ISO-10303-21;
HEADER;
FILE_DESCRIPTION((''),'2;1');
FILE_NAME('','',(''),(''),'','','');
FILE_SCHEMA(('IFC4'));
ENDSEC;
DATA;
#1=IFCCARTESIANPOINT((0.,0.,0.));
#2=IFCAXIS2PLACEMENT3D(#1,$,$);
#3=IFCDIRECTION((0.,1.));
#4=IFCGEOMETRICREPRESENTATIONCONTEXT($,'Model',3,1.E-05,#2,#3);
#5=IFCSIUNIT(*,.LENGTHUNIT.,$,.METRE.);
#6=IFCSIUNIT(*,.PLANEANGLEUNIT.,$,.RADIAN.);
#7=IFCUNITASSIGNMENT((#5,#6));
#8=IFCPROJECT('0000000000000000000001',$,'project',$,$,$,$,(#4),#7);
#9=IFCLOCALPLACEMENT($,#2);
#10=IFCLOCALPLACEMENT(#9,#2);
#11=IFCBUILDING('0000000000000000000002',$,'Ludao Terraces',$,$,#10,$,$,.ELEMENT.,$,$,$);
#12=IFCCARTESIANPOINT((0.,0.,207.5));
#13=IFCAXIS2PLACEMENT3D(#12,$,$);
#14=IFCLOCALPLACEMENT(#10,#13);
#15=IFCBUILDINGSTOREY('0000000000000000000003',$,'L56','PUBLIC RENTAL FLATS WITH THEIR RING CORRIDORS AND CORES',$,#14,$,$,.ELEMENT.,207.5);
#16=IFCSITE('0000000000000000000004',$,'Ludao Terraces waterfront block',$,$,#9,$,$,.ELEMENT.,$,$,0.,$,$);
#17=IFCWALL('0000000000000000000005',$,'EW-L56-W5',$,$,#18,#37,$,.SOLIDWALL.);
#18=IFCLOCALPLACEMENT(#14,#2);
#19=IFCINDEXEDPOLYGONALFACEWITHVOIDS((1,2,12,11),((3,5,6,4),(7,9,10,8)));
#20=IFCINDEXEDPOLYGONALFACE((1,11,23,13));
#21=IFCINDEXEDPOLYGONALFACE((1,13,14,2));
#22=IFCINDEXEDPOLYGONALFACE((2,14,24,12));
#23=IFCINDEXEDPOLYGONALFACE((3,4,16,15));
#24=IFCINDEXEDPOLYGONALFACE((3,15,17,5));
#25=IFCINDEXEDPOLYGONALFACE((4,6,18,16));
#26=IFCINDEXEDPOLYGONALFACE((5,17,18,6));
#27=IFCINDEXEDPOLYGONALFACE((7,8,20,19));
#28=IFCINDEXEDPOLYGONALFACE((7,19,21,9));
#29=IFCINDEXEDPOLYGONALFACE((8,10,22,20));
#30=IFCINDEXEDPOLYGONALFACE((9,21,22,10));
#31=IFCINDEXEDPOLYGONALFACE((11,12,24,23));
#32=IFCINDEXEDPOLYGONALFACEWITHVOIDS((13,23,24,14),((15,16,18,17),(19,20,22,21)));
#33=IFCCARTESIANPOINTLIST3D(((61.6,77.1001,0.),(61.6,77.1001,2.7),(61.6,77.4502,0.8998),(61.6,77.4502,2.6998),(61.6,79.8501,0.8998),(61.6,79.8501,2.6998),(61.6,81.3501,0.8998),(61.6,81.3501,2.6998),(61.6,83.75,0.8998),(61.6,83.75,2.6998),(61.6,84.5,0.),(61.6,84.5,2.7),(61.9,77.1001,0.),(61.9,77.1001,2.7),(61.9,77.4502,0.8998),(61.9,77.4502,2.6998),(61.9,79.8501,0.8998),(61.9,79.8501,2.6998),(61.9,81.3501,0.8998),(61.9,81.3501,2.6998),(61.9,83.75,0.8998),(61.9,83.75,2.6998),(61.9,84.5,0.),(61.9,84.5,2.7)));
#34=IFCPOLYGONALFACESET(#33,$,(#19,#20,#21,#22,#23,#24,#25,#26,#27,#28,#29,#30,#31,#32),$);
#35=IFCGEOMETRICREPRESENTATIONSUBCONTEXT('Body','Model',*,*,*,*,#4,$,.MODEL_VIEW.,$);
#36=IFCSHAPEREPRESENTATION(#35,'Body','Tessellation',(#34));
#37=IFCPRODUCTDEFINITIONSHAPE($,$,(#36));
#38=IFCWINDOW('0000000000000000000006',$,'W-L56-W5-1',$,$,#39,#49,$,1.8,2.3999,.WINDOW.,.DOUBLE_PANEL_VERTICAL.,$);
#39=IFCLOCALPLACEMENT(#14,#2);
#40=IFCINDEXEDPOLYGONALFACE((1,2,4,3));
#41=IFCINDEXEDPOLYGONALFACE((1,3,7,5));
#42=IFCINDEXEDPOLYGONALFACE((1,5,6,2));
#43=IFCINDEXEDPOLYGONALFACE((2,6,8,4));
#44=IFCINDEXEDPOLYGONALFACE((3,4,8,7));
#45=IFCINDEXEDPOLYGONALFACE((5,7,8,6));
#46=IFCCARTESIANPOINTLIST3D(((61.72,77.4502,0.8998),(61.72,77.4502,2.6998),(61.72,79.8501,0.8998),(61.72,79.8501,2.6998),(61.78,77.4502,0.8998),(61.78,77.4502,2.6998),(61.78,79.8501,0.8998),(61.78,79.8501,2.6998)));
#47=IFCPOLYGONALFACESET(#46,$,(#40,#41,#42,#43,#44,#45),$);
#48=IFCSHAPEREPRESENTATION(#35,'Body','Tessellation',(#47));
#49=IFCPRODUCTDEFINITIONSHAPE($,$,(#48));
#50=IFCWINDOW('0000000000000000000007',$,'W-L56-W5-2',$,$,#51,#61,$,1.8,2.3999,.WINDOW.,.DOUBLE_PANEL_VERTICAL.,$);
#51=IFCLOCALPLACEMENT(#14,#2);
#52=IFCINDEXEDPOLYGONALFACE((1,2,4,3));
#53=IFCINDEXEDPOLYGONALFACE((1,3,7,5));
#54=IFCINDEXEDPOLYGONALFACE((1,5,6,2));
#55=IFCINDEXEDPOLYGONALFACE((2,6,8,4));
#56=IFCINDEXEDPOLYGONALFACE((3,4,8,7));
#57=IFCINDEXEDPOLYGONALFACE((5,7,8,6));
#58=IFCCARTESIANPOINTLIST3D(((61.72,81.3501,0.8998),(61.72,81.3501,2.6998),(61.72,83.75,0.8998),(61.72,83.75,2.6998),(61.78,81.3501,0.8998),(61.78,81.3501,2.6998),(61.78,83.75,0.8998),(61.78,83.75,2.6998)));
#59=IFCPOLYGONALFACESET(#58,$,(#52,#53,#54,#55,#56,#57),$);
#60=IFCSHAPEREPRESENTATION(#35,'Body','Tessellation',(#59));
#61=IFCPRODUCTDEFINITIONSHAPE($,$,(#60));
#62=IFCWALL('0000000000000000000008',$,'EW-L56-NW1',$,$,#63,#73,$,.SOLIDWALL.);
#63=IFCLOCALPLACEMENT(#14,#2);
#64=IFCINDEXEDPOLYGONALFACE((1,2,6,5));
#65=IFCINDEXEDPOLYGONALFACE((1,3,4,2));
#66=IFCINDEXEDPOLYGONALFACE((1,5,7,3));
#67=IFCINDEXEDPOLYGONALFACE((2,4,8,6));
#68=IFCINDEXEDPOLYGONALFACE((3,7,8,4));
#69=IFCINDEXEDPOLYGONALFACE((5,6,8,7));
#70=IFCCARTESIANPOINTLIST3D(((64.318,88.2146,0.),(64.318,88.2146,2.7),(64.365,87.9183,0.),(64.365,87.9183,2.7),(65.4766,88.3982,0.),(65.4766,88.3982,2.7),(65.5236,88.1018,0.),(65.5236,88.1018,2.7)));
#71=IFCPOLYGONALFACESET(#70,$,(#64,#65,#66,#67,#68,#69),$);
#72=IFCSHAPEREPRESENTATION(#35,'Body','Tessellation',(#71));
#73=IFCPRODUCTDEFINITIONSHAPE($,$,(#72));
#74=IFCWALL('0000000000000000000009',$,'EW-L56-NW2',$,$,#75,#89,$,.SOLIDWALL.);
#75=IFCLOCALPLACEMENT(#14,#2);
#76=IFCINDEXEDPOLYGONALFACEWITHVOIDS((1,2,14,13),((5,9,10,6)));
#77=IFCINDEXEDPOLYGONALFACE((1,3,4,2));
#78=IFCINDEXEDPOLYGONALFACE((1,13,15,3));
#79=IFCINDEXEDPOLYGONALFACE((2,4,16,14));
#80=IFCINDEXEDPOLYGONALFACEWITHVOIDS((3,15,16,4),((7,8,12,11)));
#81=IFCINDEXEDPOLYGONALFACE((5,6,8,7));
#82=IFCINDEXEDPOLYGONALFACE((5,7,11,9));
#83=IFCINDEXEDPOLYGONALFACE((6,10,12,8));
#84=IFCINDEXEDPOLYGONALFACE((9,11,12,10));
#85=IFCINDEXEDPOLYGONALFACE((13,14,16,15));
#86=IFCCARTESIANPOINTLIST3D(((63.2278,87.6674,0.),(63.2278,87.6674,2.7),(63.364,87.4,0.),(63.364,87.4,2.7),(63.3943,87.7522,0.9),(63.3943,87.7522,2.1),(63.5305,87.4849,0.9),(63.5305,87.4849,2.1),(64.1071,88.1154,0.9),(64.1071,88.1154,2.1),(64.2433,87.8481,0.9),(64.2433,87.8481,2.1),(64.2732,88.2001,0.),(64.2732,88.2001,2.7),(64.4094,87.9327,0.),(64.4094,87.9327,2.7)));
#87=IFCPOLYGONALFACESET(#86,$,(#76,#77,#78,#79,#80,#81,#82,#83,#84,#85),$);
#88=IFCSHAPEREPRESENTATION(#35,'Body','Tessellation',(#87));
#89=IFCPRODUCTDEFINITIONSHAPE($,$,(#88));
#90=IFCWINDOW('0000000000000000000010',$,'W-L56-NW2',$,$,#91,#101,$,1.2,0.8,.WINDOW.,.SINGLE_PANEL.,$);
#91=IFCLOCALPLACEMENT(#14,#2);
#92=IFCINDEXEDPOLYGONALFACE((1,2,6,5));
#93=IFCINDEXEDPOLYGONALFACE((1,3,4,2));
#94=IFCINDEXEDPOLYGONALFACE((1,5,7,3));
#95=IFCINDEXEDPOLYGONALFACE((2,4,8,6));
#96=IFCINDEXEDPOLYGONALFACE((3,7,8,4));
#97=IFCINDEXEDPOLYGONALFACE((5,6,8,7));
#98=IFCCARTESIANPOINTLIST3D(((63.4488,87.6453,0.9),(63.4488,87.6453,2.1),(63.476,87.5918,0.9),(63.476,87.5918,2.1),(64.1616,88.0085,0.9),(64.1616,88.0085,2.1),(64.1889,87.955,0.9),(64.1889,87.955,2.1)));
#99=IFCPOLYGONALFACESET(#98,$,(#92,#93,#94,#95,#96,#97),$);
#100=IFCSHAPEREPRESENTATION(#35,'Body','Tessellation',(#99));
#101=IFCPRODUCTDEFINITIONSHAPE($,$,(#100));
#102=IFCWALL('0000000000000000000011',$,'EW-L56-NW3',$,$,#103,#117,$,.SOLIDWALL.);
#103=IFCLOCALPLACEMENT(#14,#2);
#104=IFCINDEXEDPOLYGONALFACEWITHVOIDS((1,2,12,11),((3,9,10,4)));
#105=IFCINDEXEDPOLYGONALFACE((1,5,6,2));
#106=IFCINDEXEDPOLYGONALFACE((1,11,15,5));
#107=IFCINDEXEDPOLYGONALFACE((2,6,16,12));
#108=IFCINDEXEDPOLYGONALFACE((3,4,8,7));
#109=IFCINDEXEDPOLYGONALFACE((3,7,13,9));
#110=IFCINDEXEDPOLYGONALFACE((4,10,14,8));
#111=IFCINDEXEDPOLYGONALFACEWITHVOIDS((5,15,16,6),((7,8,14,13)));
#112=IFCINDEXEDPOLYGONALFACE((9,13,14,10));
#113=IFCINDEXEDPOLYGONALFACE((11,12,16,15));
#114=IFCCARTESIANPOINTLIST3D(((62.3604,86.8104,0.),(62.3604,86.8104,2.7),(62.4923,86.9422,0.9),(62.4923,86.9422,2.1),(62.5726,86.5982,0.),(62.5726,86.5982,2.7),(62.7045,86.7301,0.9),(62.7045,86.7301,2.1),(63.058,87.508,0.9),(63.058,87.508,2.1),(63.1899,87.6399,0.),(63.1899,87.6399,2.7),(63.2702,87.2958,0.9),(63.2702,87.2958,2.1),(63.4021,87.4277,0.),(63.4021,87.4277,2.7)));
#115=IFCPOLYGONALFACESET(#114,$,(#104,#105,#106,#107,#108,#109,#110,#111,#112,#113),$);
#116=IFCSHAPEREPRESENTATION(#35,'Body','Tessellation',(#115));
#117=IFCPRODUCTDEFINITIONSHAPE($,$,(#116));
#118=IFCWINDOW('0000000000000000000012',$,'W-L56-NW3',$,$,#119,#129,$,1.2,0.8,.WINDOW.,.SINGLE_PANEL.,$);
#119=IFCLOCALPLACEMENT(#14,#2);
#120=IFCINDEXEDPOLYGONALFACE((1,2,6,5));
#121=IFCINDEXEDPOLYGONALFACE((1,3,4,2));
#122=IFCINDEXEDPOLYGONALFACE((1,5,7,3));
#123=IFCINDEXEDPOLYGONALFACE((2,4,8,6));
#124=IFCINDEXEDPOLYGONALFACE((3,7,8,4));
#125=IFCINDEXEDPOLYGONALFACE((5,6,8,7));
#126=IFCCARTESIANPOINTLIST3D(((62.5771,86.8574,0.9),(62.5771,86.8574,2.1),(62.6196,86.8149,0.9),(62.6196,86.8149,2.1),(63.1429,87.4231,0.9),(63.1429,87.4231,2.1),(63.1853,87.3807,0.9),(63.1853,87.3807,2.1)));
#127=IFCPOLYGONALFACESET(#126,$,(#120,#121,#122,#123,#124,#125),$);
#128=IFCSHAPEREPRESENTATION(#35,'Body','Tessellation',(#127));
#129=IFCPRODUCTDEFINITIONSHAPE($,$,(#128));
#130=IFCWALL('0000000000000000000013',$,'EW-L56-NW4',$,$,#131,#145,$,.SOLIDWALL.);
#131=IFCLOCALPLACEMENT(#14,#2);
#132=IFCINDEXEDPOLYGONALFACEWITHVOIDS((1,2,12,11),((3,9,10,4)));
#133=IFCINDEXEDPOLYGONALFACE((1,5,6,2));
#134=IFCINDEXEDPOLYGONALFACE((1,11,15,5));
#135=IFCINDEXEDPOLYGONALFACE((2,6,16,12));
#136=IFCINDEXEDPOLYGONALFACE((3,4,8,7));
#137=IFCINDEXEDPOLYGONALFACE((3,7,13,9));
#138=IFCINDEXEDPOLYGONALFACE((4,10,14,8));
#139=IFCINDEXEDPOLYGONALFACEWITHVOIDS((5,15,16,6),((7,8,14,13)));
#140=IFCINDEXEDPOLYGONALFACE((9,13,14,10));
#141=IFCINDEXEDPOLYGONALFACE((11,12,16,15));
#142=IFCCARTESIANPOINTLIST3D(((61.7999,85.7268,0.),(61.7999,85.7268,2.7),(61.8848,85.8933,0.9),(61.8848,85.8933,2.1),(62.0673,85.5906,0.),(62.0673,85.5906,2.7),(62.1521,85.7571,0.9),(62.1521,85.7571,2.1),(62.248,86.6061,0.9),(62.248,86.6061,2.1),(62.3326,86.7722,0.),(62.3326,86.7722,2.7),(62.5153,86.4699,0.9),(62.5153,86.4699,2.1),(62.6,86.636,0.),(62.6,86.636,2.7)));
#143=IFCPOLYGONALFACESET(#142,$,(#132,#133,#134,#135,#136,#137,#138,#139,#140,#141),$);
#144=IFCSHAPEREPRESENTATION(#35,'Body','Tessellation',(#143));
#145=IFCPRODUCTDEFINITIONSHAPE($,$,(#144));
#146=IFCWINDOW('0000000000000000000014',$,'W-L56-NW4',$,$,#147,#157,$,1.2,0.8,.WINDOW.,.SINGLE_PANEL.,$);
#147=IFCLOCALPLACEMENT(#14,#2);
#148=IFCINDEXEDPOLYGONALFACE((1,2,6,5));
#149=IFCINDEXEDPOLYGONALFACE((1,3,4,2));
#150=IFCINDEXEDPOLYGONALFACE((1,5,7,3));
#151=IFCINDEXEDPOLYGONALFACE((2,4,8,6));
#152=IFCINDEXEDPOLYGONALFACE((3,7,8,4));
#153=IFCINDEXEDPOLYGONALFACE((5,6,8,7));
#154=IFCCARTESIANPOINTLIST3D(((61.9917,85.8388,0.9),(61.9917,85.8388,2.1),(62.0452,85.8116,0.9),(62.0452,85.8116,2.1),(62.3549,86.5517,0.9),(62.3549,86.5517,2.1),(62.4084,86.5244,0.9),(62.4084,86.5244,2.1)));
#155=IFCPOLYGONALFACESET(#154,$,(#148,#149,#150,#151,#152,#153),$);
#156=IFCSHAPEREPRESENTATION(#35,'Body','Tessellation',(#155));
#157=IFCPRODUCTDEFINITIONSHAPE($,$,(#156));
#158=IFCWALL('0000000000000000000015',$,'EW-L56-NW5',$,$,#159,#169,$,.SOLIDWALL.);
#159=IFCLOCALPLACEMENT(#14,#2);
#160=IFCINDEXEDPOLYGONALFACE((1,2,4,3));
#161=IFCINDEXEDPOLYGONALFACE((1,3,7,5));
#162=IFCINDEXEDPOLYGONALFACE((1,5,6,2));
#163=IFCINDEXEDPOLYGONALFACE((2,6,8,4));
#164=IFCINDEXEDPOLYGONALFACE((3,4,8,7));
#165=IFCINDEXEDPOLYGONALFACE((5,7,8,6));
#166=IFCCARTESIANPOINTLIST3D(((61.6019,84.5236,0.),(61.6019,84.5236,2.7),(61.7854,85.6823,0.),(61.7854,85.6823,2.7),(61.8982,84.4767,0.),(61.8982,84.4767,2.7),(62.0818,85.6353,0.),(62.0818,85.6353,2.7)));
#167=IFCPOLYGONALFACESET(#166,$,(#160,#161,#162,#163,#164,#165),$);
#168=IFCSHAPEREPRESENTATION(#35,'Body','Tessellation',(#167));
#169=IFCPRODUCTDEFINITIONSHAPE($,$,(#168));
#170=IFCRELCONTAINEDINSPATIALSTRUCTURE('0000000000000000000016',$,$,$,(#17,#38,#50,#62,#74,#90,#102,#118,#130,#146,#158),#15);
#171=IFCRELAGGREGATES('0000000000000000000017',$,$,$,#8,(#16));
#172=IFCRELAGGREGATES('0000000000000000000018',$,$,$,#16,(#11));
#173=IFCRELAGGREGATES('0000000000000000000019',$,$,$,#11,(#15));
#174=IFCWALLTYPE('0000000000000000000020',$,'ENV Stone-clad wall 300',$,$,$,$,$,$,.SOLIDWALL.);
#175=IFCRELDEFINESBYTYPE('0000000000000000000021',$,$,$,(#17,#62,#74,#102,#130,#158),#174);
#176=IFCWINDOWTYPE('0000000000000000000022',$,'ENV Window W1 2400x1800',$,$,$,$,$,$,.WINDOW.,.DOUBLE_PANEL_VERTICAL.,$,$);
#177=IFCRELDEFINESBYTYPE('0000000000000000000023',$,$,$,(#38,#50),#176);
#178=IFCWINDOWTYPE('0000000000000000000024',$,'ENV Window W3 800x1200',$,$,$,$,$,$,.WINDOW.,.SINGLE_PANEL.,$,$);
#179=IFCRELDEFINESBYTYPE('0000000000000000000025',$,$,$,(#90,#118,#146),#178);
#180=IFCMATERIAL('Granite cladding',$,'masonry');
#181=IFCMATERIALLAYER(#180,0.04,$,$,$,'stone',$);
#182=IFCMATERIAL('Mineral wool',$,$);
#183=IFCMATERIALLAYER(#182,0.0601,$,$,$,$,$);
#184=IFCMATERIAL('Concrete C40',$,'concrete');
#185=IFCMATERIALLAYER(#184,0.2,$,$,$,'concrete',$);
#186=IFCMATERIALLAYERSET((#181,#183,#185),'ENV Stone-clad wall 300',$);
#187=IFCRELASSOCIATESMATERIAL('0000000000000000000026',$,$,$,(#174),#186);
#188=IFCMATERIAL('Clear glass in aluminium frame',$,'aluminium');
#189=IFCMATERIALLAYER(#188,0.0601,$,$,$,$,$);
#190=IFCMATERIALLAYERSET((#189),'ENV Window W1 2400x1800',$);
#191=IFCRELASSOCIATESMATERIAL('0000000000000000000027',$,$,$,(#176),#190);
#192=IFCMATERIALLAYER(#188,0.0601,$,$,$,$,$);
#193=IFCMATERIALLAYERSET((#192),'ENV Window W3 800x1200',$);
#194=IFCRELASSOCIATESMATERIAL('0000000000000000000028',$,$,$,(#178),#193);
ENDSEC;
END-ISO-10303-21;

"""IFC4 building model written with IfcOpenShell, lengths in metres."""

from ifc_helpers import new_model, si_unit, direction, frame, frame_2d, origin, place, context, subcontext, project, spatial, rectangle, extrude, material, layer, layer_set, type_object, element, fill, save


model = new_model("IFC4")

# Units and contexts
model_context = context("Model", 3, precision=1e-05, world=origin(), true_north=direction((0.0, 1.0)))
body_context = subcontext(model_context, "Body", "Model", "MODEL_VIEW")
ifc_project = project(units=[si_unit("LENGTHUNIT", "METRE"), si_unit("PLANEANGLEUNIT", "RADIAN")], contexts=[model_context])

# Site, building, storey
site_placement = place(None, origin())
site = spatial("IfcSite", under=ifc_project, at=site_placement, Name="Ludao Terraces waterfront block", CompositionType="ELEMENT", RefElevation=0.0)
building_placement = place(site_placement, origin())
building = spatial("IfcBuilding", under=site, at=building_placement, Name="Ludao Terraces", CompositionType="ELEMENT")
storey_placement = place(building_placement, frame((0.0, 0.0, 207.5)))
storey = spatial("IfcBuildingStorey", under=building, at=storey_placement, Name="L56", Description="PUBLIC RENTAL FLATS WITH THEIR RING CORRIDORS AND CORES", CompositionType="ELEMENT", Elevation=207.5)

# Shared definitions
ifc_material_1 = material(Name="Concrete C40", Category="concrete")

# Wall, openings, windows
ifc_material_2 = material(Name="Granite cladding", Category="masonry")
ifc_layer_1 = layer(ifc_material_2, 0.04, Category="stone")
ifc_material_3 = material(Name="Mineral wool")
ifc_layer_2 = layer(ifc_material_3, 0.0601)
ifc_layer_3 = layer(ifc_material_1, 0.2, Category="concrete")
ifc_layer_set_1 = layer_set([ifc_layer_1, ifc_layer_2, ifc_layer_3], Name="ENV Stone-clad wall 300")
wall_type_1 = type_object("IfcWallType", Name="ENV Stone-clad wall 300", PredefinedType="SOLIDWALL", material=ifc_layer_set_1)
ifc_material_4 = material(Name="Clear glass in aluminium frame", Category="aluminium")
ifc_layer_4 = layer(ifc_material_4, 0.0601)
ifc_layer_set_2 = layer_set([ifc_layer_4], Name="ENV Window W1 2400x1800")
window_type_1 = type_object("IfcWindowType", Name="ENV Window W1 2400x1800", PartitioningType="DOUBLE_PANEL_VERTICAL", PredefinedType="WINDOW", material=ifc_layer_set_2)
wall_1_placement = place(storey_placement, frame((61.75, 77.1001, 0.0), z_axis=(0.0, 0.0, 1.0), x_axis=(0.0, 1.0, 0.0)))
wall_1 = element("IfcWall", 1, at=wall_1_placement, inside=storey, type_object=wall_type_1, Name="EW-L56-W5", PredefinedType="SOLIDWALL", context=body_context, shape_type="SweptSolid", body=[
    extrude(rectangle(XDim=7.3999, YDim=0.3, at=frame_2d((3.7, 0.0))), origin(), (0.0, 0.0, 1.0), 2.7),
])
opening_1_placement = place(wall_1_placement, frame((0.3501, 0.0, 0.8999)))
opening_1 = element("IfcOpeningElement", 2, at=opening_1_placement, cuts=wall_1, PredefinedType="OPENING", context=body_context, shape_type="SweptSolid", body=[
    extrude(rectangle(XDim=2.3999, YDim=1.8, at=frame_2d((1.2, 0.8999))), frame((0.0, 0.1602, 0.0), z_axis=(0.0, -1.0, 0.0), x_axis=(1.0, 0.0, 0.0)), (0.0, 0.0, 1.0), 0.3201),
])
opening_2_placement = place(wall_1_placement, frame((4.25, 0.0, 0.8999)))
opening_2 = element("IfcOpeningElement", 3, at=opening_2_placement, cuts=wall_1, PredefinedType="OPENING", context=body_context, shape_type="SweptSolid", body=[
    extrude(rectangle(XDim=2.3999, YDim=1.8, at=frame_2d((1.2, 0.8999))), frame((0.0, 0.1602, 0.0), z_axis=(0.0, -1.0, 0.0), x_axis=(1.0, 0.0, 0.0)), (0.0, 0.0, 1.0), 0.3201),
])
window_1_placement = place(opening_1_placement, origin())
window_1 = element("IfcWindow", 4, at=window_1_placement, inside=storey, type_object=window_type_1, Name="W-L56-W5-1", OverallHeight=1.8, OverallWidth=2.3999, PartitioningType="DOUBLE_PANEL_VERTICAL", PredefinedType="WINDOW", context=body_context, shape_type="SweptSolid", body=[
    extrude(rectangle(XDim=2.3999, YDim=1.8, at=frame_2d((1.2, 0.8999))), frame((0.0, 0.03, 0.0), z_axis=(0.0, -1.0, 0.0), x_axis=(1.0, 0.0, 0.0)), (0.0, 0.0, 1.0), 0.0601),
])
fill(opening_1, window_1)
window_2_placement = place(opening_2_placement, origin())
window_2 = element("IfcWindow", 5, at=window_2_placement, inside=storey, type_object=window_type_1, Name="W-L56-W5-2", OverallHeight=1.8, OverallWidth=2.3999, PartitioningType="DOUBLE_PANEL_VERTICAL", PredefinedType="WINDOW", context=body_context, shape_type="SweptSolid", body=[
    extrude(rectangle(XDim=2.3999, YDim=1.8, at=frame_2d((1.2, 0.8999))), frame((0.0, 0.03, 0.0), z_axis=(0.0, -1.0, 0.0), x_axis=(1.0, 0.0, 0.0)), (0.0, 0.0, 1.0), 0.0601),
])
fill(opening_2, window_2)

# Wall
wall_2_placement = place(storey_placement, frame((65.5, 88.25, 0.0), z_axis=(0.0, 0.0, 1.0), x_axis=(-0.987678, -0.156497, 0.0)))
element("IfcWall", 6, at=wall_2_placement, inside=storey, type_object=wall_type_1, Name="EW-L56-NW1", PredefinedType="SOLIDWALL", context=body_context, shape_type="SweptSolid", body=[
    extrude(rectangle(XDim=1.1731, YDim=0.3, at=frame_2d((0.5864, 0.0))), origin(), (0.0, 0.0, 1.0), 2.7),
])

# Walls, openings, windows
wall_3_placement = place(storey_placement, frame((64.3413, 88.0664, 0.0), z_axis=(0.0, 0.0, 1.0), x_axis=(-0.890989, -0.454026, 0.0)))
wall_3 = element("IfcWall", 7, at=wall_3_placement, inside=storey, type_object=wall_type_1, Name="EW-L56-NW2", PredefinedType="SOLIDWALL", context=body_context, shape_type="SweptSolid", body=[
    extrude(rectangle(XDim=1.1733, YDim=0.3, at=frame_2d((0.5867, 0.0))), origin(), (0.0, 0.0, 1.0), 2.7),
])
opening_3_placement = place(wall_3_placement, frame((0.1865, 0.0, 0.8999)))
opening_3 = element("IfcOpeningElement", 8, at=opening_3_placement, cuts=wall_3, PredefinedType="OPENING", context=body_context, shape_type="SweptSolid", body=[
    extrude(rectangle(XDim=0.8, YDim=1.2, at=frame_2d((0.3999, 0.6001))), frame((0.0, 0.1602, 0.0), z_axis=(0.0, -1.0, 0.0), x_axis=(1.0, 0.0, 0.0)), (0.0, 0.0, 1.0), 0.3201),
])
ifc_layer_5 = layer(ifc_material_4, 0.0601)
ifc_layer_set_3 = layer_set([ifc_layer_5], Name="ENV Window W3 800x1200")
window_type_2 = type_object("IfcWindowType", Name="ENV Window W3 800x1200", PartitioningType="SINGLE_PANEL", PredefinedType="WINDOW", material=ifc_layer_set_3)
window_3_placement = place(opening_3_placement, origin())
window_3 = element("IfcWindow", 9, at=window_3_placement, inside=storey, type_object=window_type_2, Name="W-L56-NW2", OverallHeight=1.2, OverallWidth=0.8, PartitioningType="SINGLE_PANEL", PredefinedType="WINDOW", context=body_context, shape_type="SweptSolid", body=[
    extrude(rectangle(XDim=0.8, YDim=1.2, at=frame_2d((0.3999, 0.6001))), frame((0.0, 0.03, 0.0), z_axis=(0.0, -1.0, 0.0), x_axis=(1.0, 0.0, 0.0)), (0.0, 0.0, 1.0), 0.0601),
])
fill(opening_3, window_3)
wall_4_placement = place(storey_placement, frame((63.2959, 87.5337, 0.0), z_axis=(0.0, 0.0, 1.0), x_axis=(-0.707107, -0.707107, 0.0)))
wall_4 = element("IfcWall", 10, at=wall_4_placement, inside=storey, type_object=wall_type_1, Name="EW-L56-NW3", PredefinedType="SOLIDWALL", context=body_context, shape_type="SweptSolid", body=[
    extrude(rectangle(XDim=1.1731, YDim=0.3, at=frame_2d((0.5864, 0.0))), origin(), (0.0, 0.0, 1.0), 2.7),
])
opening_4_placement = place(wall_4_placement, frame((0.1865, 0.0, 0.8999)))
opening_4 = element("IfcOpeningElement", 11, at=opening_4_placement, cuts=wall_4, PredefinedType="OPENING", context=body_context, shape_type="SweptSolid", body=[
    extrude(rectangle(XDim=0.8, YDim=1.2, at=frame_2d((0.3999, 0.6001))), frame((0.0, 0.1602, 0.0), z_axis=(0.0, -1.0, 0.0), x_axis=(1.0, 0.0, 0.0)), (0.0, 0.0, 1.0), 0.3201),
])
window_4_placement = place(opening_4_placement, origin())
window_4 = element("IfcWindow", 12, at=window_4_placement, inside=storey, type_object=window_type_2, Name="W-L56-NW3", OverallHeight=1.2, OverallWidth=0.8, PartitioningType="SINGLE_PANEL", PredefinedType="WINDOW", context=body_context, shape_type="SweptSolid", body=[
    extrude(rectangle(XDim=0.8, YDim=1.2, at=frame_2d((0.3999, 0.6001))), frame((0.0, 0.03, 0.0), z_axis=(0.0, -1.0, 0.0), x_axis=(1.0, 0.0, 0.0)), (0.0, 0.0, 1.0), 0.0601),
])
fill(opening_4, window_4)
wall_5_placement = place(storey_placement, frame((62.4663, 86.7041, 0.0), z_axis=(0.0, 0.0, 1.0), x_axis=(-0.454026, -0.890989, 0.0)))
wall_5 = element("IfcWall", 13, at=wall_5_placement, inside=storey, type_object=wall_type_1, Name="EW-L56-NW4", PredefinedType="SOLIDWALL", context=body_context, shape_type="SweptSolid", body=[
    extrude(rectangle(XDim=1.1733, YDim=0.3, at=frame_2d((0.5867, 0.0))), origin(), (0.0, 0.0, 1.0), 2.7),
])
opening_5_placement = place(wall_5_placement, frame((0.1865, 0.0, 0.8999)))
opening_5 = element("IfcOpeningElement", 14, at=opening_5_placement, cuts=wall_5, PredefinedType="OPENING", context=body_context, shape_type="SweptSolid", body=[
    extrude(rectangle(XDim=0.8, YDim=1.2, at=frame_2d((0.3999, 0.6001))), frame((0.0, 0.1602, 0.0), z_axis=(0.0, -1.0, 0.0), x_axis=(1.0, 0.0, 0.0)), (0.0, 0.0, 1.0), 0.3201),
])
window_5_placement = place(opening_5_placement, origin())
window_5 = element("IfcWindow", 15, at=window_5_placement, inside=storey, type_object=window_type_2, Name="W-L56-NW4", OverallHeight=1.2, OverallWidth=0.8, PartitioningType="SINGLE_PANEL", PredefinedType="WINDOW", context=body_context, shape_type="SweptSolid", body=[
    extrude(rectangle(XDim=0.8, YDim=1.2, at=frame_2d((0.3999, 0.6001))), frame((0.0, 0.03, 0.0), z_axis=(0.0, -1.0, 0.0), x_axis=(1.0, 0.0, 0.0)), (0.0, 0.0, 1.0), 0.0601),
])
fill(opening_5, window_5)

# Wall
wall_6_placement = place(storey_placement, frame((61.9336, 85.6587, 0.0), z_axis=(0.0, 0.0, 1.0), x_axis=(-0.156497, -0.987678, 0.0)))
element("IfcWall", 16, at=wall_6_placement, inside=storey, type_object=wall_type_1, Name="EW-L56-NW5", PredefinedType="SOLIDWALL", context=body_context, shape_type="SweptSolid", body=[
    extrude(rectangle(XDim=1.1731, YDim=0.3, at=frame_2d((0.5864, 0.0))), origin(), (0.0, 0.0, 1.0), 2.7),
])

save(model, "model.ifc")
